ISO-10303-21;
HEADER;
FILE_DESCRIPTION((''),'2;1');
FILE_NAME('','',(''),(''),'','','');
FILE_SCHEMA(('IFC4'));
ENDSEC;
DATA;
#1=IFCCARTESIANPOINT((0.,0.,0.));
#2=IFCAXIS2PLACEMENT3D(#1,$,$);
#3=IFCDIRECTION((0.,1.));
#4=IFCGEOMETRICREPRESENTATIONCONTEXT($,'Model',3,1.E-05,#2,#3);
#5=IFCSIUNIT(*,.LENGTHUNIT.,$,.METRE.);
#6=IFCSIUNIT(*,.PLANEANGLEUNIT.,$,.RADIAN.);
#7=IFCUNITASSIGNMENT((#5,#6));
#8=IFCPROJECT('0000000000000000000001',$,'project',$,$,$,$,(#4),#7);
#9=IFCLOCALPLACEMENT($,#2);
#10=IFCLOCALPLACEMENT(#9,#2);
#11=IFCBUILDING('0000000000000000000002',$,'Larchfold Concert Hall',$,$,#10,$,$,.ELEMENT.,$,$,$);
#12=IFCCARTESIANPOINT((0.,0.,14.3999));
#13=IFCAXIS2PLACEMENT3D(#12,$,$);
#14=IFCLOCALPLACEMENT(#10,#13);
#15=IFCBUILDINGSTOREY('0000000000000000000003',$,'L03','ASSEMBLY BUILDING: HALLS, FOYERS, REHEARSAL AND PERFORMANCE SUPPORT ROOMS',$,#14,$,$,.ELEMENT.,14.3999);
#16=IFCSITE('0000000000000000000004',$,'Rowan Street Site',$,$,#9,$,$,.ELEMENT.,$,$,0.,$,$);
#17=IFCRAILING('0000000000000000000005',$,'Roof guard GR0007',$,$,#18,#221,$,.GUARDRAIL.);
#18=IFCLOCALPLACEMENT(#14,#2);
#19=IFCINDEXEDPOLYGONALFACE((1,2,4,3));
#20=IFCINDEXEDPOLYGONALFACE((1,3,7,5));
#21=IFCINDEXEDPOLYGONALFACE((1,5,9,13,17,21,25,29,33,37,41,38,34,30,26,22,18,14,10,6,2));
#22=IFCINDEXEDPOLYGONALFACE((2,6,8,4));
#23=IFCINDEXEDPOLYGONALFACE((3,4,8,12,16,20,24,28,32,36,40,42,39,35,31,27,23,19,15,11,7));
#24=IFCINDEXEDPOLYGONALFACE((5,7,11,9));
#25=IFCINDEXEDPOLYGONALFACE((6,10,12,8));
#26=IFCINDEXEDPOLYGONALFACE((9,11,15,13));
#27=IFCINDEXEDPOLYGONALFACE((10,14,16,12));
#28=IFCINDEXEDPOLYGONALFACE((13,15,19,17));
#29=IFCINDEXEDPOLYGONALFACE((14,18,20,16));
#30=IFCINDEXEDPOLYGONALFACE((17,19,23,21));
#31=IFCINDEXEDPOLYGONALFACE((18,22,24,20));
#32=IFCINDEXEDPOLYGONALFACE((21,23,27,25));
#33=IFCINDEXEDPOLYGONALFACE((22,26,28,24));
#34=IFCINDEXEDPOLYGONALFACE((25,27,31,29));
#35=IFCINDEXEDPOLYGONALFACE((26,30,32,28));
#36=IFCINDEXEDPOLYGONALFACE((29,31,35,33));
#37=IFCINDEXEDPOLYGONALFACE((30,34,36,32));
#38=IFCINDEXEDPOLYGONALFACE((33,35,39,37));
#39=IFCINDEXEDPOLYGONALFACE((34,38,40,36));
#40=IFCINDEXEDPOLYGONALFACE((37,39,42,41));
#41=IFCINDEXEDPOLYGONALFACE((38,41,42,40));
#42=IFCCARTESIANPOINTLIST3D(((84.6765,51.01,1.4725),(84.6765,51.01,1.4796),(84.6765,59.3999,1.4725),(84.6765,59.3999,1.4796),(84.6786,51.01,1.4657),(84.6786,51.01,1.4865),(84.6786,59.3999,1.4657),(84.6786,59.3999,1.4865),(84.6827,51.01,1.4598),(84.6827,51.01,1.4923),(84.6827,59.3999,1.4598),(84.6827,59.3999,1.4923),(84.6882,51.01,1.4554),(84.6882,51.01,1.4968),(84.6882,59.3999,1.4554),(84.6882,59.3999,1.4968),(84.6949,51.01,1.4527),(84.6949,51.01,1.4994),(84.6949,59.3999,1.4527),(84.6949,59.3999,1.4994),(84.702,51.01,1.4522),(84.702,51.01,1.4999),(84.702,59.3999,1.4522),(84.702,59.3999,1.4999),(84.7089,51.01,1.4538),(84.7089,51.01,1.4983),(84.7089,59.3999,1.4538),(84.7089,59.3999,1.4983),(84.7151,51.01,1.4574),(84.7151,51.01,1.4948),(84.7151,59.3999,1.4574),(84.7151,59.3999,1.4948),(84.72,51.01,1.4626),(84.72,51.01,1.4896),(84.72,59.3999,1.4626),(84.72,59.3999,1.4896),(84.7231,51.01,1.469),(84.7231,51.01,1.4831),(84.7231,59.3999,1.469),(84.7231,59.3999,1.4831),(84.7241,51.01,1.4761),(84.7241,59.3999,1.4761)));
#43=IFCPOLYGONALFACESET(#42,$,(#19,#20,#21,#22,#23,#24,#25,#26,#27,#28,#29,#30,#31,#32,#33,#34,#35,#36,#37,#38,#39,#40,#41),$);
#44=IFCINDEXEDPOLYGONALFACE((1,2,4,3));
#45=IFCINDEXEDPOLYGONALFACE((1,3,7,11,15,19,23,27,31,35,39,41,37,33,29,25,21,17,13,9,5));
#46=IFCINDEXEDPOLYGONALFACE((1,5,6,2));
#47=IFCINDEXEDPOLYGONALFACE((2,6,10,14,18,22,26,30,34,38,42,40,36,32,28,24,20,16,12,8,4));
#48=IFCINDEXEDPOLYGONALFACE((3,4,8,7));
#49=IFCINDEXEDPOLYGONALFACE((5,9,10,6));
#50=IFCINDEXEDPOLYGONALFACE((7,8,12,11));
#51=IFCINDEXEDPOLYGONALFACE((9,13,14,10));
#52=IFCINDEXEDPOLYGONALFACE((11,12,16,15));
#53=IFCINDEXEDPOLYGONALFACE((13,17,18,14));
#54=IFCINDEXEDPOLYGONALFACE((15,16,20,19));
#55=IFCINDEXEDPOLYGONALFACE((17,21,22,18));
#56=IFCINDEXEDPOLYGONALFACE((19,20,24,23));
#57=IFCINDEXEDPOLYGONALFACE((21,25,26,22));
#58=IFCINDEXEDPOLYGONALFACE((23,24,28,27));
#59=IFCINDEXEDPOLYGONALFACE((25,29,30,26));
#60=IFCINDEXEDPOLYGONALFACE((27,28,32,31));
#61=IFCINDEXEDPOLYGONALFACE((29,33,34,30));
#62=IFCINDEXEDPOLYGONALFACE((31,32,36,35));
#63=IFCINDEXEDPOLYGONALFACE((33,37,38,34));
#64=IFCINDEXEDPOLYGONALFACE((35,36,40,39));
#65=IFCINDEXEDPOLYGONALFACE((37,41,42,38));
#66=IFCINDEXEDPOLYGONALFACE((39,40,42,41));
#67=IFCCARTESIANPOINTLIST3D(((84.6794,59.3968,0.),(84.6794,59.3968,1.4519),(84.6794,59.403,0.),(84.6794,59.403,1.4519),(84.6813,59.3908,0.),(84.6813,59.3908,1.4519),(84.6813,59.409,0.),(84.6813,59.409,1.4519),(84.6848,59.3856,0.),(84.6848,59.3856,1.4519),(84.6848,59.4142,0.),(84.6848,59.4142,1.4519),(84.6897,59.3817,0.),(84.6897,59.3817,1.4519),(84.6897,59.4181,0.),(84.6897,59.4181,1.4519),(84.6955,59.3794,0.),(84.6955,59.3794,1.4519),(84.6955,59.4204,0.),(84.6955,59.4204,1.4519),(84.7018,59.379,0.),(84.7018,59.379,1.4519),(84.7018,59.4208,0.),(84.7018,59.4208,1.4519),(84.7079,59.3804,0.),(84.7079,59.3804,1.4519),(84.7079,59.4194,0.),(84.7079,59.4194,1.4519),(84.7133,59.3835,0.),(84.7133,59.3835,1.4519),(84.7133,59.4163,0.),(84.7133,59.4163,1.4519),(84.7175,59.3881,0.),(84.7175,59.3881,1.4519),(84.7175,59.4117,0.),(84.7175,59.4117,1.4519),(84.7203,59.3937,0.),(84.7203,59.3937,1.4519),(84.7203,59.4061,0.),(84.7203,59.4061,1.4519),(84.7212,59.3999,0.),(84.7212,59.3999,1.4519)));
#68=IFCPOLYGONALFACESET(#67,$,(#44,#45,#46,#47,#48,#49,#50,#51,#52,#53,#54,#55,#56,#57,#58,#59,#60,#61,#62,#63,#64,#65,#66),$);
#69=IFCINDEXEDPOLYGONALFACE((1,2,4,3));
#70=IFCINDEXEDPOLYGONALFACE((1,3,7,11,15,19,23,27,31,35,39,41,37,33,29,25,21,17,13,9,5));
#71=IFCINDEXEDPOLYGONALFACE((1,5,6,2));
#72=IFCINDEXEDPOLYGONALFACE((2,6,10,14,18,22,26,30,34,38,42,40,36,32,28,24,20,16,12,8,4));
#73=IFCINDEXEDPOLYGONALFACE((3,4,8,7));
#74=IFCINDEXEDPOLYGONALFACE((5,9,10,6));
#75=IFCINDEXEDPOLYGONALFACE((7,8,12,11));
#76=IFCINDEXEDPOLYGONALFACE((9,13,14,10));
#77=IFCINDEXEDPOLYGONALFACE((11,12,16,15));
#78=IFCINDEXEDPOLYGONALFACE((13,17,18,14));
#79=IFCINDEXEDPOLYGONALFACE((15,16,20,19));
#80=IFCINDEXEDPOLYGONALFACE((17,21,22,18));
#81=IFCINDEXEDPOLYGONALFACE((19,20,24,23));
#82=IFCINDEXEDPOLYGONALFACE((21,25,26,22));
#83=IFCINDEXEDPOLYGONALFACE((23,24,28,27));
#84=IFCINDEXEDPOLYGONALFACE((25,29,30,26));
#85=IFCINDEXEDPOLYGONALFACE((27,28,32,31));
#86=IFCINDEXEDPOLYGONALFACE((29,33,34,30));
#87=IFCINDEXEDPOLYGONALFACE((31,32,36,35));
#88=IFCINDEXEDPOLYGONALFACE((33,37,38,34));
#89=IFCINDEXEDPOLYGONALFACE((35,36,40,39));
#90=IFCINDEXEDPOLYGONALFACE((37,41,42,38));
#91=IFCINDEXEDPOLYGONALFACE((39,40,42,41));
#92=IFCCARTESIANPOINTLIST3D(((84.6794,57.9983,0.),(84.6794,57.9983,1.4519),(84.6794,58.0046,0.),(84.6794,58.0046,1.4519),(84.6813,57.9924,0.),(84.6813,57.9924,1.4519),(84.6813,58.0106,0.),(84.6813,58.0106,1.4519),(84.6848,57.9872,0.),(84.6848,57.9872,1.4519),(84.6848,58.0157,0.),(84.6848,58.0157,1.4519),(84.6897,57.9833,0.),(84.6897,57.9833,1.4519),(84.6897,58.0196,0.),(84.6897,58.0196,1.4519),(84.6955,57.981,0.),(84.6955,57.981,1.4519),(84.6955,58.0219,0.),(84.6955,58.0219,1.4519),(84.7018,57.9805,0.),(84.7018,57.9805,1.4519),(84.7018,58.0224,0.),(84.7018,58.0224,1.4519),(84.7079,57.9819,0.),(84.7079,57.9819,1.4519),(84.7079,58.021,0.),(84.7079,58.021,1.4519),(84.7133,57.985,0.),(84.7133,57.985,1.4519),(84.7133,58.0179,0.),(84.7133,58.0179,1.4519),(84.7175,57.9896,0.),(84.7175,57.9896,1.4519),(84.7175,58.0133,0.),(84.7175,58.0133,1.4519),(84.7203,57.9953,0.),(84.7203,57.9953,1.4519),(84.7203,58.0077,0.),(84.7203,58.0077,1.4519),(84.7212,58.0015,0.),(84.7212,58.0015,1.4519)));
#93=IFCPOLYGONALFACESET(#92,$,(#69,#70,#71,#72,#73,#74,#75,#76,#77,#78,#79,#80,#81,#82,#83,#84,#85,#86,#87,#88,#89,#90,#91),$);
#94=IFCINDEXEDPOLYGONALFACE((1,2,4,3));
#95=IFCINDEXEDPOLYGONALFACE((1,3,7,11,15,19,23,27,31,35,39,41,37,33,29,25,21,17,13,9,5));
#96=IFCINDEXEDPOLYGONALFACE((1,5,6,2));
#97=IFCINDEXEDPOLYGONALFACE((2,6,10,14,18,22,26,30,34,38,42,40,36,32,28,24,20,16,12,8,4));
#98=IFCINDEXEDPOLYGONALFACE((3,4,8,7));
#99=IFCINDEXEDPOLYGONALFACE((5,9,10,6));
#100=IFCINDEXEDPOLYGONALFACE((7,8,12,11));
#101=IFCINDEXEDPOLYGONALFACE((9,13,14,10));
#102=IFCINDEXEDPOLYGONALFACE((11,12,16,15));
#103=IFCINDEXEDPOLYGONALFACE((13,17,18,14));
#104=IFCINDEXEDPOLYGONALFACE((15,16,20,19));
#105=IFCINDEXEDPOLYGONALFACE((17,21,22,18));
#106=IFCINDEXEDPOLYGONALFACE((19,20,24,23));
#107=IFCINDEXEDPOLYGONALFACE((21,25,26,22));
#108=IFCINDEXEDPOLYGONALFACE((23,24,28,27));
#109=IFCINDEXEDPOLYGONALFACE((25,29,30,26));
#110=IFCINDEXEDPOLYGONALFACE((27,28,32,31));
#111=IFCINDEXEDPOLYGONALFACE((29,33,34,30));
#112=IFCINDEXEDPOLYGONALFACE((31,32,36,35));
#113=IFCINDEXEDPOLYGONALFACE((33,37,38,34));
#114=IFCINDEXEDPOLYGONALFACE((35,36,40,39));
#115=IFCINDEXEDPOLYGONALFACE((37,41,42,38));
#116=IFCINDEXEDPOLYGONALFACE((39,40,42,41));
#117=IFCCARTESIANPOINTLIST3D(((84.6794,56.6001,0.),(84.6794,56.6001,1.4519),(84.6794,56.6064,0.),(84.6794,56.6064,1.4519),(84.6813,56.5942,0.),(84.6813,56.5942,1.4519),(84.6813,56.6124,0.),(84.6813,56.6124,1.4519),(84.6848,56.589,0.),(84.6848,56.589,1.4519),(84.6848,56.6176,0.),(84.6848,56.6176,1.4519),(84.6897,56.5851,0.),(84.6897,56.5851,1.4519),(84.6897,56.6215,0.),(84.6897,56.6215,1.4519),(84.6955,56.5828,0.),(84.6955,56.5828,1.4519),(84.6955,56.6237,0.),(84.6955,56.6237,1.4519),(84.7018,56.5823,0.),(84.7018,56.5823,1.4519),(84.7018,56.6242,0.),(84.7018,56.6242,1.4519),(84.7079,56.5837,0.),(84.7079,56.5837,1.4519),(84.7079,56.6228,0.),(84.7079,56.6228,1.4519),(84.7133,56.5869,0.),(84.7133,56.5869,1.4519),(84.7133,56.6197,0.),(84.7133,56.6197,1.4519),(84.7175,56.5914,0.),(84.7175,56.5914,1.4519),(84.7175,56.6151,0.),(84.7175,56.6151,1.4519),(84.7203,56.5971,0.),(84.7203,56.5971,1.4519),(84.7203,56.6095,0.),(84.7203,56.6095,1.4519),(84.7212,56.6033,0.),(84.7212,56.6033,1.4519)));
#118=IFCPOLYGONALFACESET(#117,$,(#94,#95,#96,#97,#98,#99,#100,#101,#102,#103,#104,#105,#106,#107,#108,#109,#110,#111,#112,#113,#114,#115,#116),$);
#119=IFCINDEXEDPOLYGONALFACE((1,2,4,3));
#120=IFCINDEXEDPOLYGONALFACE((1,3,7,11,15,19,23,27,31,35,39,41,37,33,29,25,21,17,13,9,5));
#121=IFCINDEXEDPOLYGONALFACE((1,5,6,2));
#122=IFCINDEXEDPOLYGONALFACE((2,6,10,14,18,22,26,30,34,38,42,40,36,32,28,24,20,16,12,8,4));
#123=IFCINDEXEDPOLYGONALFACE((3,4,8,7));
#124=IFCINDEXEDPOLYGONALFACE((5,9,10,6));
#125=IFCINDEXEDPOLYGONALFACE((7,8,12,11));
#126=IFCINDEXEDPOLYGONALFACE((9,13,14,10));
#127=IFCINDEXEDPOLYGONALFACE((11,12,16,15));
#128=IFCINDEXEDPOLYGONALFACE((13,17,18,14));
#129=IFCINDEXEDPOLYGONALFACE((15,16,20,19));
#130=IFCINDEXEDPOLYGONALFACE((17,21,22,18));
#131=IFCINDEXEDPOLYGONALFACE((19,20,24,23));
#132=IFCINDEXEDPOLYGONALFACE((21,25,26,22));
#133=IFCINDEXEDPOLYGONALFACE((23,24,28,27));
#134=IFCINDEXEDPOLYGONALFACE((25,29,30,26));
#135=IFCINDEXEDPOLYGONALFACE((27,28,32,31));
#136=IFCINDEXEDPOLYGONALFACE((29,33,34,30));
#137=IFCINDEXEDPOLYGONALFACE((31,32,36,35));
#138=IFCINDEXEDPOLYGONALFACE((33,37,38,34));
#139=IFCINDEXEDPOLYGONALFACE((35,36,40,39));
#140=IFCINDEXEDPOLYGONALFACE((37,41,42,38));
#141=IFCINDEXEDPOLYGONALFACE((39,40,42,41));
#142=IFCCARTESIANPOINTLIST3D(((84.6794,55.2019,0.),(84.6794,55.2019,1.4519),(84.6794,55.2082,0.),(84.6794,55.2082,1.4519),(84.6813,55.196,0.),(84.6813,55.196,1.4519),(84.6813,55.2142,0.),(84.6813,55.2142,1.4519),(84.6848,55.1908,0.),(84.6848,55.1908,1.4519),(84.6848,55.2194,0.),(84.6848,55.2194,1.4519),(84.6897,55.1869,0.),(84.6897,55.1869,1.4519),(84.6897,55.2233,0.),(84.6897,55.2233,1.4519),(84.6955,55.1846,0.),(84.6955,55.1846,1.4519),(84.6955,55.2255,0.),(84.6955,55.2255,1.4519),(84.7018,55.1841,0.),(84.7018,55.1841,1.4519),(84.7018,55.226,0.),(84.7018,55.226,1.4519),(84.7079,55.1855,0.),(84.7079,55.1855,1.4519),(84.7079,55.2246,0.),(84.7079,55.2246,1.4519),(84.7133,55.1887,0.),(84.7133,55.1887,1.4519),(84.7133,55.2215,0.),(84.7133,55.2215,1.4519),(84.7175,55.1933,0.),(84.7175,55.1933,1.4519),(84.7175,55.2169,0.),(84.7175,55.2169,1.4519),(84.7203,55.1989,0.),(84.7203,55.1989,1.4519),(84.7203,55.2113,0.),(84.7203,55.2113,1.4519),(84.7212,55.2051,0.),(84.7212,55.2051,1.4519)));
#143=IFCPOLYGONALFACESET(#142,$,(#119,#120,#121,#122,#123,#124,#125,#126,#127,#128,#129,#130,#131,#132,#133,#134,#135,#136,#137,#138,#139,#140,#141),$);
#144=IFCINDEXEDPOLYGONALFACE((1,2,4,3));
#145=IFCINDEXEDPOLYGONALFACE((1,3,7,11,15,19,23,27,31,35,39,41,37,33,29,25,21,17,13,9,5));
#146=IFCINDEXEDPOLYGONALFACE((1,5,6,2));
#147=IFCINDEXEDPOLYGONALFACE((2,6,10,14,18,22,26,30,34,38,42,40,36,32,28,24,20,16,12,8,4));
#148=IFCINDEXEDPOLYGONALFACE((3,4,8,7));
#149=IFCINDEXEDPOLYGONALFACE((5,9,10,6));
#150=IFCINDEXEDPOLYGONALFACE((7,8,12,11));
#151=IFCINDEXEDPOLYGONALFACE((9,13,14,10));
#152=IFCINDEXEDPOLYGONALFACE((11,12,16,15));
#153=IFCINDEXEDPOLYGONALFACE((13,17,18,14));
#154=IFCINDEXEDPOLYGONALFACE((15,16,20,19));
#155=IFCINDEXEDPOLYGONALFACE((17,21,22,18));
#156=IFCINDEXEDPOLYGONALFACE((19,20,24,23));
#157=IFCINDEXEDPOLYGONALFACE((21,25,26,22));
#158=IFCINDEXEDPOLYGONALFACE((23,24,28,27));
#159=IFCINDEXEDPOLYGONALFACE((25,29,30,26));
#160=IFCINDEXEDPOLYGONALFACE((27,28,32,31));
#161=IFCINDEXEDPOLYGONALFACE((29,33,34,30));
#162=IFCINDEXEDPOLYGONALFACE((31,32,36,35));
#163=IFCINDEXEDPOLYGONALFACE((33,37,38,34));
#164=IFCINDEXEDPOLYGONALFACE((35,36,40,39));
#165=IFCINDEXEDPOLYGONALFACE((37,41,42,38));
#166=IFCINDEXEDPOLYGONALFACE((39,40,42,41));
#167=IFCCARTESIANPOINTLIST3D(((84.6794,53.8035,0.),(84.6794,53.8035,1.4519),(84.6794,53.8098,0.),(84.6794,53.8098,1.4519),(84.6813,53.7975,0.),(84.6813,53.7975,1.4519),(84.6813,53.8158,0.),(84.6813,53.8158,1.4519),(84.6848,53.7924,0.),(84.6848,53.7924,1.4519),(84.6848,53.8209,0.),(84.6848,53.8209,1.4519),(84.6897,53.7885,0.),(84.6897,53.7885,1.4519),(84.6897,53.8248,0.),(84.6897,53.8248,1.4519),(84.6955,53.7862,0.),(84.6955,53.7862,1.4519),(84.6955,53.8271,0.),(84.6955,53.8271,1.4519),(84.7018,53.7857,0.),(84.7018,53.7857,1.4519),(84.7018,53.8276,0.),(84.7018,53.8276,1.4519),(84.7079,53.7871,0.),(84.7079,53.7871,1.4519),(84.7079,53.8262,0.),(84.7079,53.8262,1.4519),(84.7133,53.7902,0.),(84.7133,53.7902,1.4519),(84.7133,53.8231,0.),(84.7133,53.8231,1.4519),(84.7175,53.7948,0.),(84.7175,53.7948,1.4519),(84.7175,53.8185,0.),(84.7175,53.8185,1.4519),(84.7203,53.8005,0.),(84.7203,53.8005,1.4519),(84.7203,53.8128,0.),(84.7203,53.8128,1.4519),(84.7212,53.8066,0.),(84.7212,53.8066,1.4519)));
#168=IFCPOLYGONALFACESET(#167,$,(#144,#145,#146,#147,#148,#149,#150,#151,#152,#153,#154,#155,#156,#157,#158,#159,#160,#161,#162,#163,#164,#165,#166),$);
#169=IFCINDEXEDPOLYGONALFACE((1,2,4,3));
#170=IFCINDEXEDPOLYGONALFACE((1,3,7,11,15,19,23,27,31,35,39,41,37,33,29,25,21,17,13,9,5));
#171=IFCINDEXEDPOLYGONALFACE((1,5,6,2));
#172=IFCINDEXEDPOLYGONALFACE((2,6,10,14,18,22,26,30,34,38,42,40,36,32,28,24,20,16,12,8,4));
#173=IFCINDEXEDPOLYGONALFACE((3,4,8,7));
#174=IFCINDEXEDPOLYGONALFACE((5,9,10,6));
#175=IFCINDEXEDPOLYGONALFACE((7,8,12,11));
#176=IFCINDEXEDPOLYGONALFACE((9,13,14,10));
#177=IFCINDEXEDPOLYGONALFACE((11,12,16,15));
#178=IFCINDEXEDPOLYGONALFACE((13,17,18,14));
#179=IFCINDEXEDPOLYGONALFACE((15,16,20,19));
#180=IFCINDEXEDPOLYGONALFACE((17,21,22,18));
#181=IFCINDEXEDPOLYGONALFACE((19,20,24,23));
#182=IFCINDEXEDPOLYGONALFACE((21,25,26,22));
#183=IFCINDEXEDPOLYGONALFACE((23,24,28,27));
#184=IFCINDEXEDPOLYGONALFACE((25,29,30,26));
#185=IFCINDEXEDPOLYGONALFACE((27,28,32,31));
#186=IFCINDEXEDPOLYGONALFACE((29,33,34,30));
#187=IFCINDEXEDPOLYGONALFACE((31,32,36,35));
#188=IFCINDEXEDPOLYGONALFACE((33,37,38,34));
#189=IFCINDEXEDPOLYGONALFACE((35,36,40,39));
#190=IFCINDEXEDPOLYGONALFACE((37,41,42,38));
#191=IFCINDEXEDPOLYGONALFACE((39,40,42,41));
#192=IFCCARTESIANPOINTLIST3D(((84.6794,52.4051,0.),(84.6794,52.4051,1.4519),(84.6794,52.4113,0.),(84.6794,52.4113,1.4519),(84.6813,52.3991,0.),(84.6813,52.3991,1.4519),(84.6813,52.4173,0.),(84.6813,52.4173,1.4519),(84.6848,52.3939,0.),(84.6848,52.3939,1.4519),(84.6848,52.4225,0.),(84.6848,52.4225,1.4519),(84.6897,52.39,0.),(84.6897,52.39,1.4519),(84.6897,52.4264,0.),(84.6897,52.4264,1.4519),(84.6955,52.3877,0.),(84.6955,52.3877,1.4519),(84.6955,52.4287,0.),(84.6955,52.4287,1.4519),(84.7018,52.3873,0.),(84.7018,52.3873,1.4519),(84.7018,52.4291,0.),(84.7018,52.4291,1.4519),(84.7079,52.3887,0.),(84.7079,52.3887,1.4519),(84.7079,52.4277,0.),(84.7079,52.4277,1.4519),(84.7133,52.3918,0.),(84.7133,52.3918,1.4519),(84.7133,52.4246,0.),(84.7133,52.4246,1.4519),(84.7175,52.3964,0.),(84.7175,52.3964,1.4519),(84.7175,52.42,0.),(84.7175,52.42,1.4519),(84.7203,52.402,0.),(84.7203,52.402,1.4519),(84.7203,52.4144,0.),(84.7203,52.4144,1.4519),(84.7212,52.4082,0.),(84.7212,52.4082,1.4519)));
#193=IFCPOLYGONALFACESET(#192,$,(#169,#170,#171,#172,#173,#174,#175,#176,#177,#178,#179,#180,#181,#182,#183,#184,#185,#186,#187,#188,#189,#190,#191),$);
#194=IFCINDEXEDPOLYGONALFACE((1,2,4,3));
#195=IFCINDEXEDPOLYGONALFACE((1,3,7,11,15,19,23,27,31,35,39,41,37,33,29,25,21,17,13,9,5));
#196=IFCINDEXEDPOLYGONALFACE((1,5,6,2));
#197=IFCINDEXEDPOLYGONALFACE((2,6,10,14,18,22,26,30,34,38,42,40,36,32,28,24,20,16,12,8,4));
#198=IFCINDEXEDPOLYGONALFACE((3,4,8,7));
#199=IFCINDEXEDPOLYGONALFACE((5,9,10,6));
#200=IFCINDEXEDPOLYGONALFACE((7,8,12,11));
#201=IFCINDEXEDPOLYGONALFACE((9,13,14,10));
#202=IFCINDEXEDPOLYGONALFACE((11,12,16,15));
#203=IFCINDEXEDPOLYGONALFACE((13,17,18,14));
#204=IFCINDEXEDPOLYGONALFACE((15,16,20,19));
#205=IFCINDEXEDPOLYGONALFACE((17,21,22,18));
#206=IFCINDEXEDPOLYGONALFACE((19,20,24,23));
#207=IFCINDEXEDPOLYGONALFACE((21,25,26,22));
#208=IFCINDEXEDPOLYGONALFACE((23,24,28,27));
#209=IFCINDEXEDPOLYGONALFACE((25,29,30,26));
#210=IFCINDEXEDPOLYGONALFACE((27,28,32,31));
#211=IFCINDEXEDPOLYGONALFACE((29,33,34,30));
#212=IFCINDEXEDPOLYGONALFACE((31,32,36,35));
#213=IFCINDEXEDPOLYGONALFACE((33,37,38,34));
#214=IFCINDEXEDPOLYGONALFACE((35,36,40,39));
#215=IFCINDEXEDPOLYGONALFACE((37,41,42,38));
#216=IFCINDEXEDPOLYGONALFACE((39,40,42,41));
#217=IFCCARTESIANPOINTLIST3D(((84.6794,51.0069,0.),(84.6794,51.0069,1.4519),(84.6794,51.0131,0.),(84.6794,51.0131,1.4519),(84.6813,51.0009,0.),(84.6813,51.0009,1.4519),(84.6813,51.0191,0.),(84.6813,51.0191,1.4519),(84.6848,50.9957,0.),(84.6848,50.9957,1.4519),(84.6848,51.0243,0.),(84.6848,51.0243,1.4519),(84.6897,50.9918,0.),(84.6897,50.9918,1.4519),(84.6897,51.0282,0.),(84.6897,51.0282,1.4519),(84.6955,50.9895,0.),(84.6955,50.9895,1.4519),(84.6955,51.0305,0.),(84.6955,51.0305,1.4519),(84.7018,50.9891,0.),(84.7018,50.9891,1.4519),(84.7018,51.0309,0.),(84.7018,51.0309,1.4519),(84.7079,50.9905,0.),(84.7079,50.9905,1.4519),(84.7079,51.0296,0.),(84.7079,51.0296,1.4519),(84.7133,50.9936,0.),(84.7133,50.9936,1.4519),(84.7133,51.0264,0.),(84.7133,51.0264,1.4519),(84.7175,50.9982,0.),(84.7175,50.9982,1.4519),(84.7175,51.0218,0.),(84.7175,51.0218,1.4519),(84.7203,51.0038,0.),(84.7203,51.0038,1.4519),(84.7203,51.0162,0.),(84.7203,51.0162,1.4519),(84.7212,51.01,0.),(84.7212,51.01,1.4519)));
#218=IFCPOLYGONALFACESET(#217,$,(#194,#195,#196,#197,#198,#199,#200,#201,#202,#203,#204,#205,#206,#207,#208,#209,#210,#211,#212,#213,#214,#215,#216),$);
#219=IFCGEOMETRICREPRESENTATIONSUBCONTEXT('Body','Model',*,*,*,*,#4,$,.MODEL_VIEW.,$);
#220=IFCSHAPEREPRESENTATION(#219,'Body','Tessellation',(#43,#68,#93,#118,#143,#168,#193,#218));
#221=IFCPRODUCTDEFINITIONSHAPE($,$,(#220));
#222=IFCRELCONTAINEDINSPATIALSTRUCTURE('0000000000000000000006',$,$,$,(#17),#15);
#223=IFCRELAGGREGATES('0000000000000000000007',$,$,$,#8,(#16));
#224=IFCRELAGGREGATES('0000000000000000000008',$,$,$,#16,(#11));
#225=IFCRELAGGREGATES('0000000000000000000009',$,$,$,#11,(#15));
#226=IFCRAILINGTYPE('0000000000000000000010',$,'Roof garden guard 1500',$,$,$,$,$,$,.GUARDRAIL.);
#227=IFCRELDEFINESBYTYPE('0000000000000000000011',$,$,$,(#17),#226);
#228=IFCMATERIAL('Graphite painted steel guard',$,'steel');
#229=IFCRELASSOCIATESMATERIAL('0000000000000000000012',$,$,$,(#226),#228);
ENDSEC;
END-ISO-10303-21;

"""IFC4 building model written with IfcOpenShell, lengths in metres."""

from ifc_helpers import new_model, si_unit, direction, frame, origin, origin_2d, place, context, subcontext, project, spatial, circle, extrude, material, type_object, element, save


model = new_model("IFC4")

# Units and contexts
model_context = context("Model", 3, precision=1e-05, world=origin(), true_north=direction((0.0, 1.0)))
body_context = subcontext(model_context, "Body", "Model", "MODEL_VIEW")
ifc_project = project(units=[si_unit("LENGTHUNIT", "METRE"), si_unit("PLANEANGLEUNIT", "RADIAN")], contexts=[model_context])

# Site, building, storey
site_placement = place(None, origin())
site = spatial("IfcSite", under=ifc_project, at=site_placement, Name="Rowan Street Site", CompositionType="ELEMENT", RefElevation=0.0)
building_placement = place(site_placement, origin())
building = spatial("IfcBuilding", under=site, at=building_placement, Name="Larchfold Concert Hall", CompositionType="ELEMENT")
storey_placement = place(building_placement, frame((0.0, 0.0, 14.3999)))
storey = spatial("IfcBuildingStorey", under=building, at=storey_placement, Name="L03", Description="ASSEMBLY BUILDING: HALLS, FOYERS, REHEARSAL AND PERFORMANCE SUPPORT ROOMS", CompositionType="ELEMENT", Elevation=14.3999)

# Railing
ifc_material_1 = material(Name="Graphite painted steel guard", Category="steel")
railing_type = type_object("IfcRailingType", Name="Roof garden guard 1500", PredefinedType="GUARDRAIL", material=ifc_material_1)
railing_placement = place(storey_placement, frame((84.7002, 59.3999, 0.0)))
element("IfcRailing", 1, at=railing_placement, inside=storey, type_object=railing_type, Name="Roof guard GR0007", PredefinedType="GUARDRAIL", context=body_context, shape_type="SweptSolid", body=[
    extrude(circle(Radius=0.0239, at=origin_2d()), frame((0.0, 0.0, 1.4761), z_axis=(0.0, -1.0, 0.0), x_axis=(1.0, 0.0, 0.0)), (0.0, 0.0, 1.0), 8.3899),
    extrude(circle(Radius=0.021, at=origin_2d()), origin(), (0.0, 0.0, 1.0), 1.4519),
    extrude(circle(Radius=0.021, at=origin_2d()), frame((0.0, -1.3984, 0.0)), (0.0, 0.0, 1.0), 1.4519),
    extrude(circle(Radius=0.021, at=origin_2d()), frame((0.0, -2.7966, 0.0)), (0.0, 0.0, 1.0), 1.4519),
    extrude(circle(Radius=0.021, at=origin_2d()), frame((0.0, -4.1948, 0.0)), (0.0, 0.0, 1.0), 1.4519),
    extrude(circle(Radius=0.021, at=origin_2d()), frame((0.0, -5.5933, 0.0)), (0.0, 0.0, 1.0), 1.4519),
    extrude(circle(Radius=0.021, at=origin_2d()), frame((0.0, -6.9917, 0.0)), (0.0, 0.0, 1.0), 1.4519),
    extrude(circle(Radius=0.021, at=origin_2d()), frame((0.0, -8.3899, 0.0)), (0.0, 0.0, 1.0), 1.4519),
])

save(model, "model.ifc")
